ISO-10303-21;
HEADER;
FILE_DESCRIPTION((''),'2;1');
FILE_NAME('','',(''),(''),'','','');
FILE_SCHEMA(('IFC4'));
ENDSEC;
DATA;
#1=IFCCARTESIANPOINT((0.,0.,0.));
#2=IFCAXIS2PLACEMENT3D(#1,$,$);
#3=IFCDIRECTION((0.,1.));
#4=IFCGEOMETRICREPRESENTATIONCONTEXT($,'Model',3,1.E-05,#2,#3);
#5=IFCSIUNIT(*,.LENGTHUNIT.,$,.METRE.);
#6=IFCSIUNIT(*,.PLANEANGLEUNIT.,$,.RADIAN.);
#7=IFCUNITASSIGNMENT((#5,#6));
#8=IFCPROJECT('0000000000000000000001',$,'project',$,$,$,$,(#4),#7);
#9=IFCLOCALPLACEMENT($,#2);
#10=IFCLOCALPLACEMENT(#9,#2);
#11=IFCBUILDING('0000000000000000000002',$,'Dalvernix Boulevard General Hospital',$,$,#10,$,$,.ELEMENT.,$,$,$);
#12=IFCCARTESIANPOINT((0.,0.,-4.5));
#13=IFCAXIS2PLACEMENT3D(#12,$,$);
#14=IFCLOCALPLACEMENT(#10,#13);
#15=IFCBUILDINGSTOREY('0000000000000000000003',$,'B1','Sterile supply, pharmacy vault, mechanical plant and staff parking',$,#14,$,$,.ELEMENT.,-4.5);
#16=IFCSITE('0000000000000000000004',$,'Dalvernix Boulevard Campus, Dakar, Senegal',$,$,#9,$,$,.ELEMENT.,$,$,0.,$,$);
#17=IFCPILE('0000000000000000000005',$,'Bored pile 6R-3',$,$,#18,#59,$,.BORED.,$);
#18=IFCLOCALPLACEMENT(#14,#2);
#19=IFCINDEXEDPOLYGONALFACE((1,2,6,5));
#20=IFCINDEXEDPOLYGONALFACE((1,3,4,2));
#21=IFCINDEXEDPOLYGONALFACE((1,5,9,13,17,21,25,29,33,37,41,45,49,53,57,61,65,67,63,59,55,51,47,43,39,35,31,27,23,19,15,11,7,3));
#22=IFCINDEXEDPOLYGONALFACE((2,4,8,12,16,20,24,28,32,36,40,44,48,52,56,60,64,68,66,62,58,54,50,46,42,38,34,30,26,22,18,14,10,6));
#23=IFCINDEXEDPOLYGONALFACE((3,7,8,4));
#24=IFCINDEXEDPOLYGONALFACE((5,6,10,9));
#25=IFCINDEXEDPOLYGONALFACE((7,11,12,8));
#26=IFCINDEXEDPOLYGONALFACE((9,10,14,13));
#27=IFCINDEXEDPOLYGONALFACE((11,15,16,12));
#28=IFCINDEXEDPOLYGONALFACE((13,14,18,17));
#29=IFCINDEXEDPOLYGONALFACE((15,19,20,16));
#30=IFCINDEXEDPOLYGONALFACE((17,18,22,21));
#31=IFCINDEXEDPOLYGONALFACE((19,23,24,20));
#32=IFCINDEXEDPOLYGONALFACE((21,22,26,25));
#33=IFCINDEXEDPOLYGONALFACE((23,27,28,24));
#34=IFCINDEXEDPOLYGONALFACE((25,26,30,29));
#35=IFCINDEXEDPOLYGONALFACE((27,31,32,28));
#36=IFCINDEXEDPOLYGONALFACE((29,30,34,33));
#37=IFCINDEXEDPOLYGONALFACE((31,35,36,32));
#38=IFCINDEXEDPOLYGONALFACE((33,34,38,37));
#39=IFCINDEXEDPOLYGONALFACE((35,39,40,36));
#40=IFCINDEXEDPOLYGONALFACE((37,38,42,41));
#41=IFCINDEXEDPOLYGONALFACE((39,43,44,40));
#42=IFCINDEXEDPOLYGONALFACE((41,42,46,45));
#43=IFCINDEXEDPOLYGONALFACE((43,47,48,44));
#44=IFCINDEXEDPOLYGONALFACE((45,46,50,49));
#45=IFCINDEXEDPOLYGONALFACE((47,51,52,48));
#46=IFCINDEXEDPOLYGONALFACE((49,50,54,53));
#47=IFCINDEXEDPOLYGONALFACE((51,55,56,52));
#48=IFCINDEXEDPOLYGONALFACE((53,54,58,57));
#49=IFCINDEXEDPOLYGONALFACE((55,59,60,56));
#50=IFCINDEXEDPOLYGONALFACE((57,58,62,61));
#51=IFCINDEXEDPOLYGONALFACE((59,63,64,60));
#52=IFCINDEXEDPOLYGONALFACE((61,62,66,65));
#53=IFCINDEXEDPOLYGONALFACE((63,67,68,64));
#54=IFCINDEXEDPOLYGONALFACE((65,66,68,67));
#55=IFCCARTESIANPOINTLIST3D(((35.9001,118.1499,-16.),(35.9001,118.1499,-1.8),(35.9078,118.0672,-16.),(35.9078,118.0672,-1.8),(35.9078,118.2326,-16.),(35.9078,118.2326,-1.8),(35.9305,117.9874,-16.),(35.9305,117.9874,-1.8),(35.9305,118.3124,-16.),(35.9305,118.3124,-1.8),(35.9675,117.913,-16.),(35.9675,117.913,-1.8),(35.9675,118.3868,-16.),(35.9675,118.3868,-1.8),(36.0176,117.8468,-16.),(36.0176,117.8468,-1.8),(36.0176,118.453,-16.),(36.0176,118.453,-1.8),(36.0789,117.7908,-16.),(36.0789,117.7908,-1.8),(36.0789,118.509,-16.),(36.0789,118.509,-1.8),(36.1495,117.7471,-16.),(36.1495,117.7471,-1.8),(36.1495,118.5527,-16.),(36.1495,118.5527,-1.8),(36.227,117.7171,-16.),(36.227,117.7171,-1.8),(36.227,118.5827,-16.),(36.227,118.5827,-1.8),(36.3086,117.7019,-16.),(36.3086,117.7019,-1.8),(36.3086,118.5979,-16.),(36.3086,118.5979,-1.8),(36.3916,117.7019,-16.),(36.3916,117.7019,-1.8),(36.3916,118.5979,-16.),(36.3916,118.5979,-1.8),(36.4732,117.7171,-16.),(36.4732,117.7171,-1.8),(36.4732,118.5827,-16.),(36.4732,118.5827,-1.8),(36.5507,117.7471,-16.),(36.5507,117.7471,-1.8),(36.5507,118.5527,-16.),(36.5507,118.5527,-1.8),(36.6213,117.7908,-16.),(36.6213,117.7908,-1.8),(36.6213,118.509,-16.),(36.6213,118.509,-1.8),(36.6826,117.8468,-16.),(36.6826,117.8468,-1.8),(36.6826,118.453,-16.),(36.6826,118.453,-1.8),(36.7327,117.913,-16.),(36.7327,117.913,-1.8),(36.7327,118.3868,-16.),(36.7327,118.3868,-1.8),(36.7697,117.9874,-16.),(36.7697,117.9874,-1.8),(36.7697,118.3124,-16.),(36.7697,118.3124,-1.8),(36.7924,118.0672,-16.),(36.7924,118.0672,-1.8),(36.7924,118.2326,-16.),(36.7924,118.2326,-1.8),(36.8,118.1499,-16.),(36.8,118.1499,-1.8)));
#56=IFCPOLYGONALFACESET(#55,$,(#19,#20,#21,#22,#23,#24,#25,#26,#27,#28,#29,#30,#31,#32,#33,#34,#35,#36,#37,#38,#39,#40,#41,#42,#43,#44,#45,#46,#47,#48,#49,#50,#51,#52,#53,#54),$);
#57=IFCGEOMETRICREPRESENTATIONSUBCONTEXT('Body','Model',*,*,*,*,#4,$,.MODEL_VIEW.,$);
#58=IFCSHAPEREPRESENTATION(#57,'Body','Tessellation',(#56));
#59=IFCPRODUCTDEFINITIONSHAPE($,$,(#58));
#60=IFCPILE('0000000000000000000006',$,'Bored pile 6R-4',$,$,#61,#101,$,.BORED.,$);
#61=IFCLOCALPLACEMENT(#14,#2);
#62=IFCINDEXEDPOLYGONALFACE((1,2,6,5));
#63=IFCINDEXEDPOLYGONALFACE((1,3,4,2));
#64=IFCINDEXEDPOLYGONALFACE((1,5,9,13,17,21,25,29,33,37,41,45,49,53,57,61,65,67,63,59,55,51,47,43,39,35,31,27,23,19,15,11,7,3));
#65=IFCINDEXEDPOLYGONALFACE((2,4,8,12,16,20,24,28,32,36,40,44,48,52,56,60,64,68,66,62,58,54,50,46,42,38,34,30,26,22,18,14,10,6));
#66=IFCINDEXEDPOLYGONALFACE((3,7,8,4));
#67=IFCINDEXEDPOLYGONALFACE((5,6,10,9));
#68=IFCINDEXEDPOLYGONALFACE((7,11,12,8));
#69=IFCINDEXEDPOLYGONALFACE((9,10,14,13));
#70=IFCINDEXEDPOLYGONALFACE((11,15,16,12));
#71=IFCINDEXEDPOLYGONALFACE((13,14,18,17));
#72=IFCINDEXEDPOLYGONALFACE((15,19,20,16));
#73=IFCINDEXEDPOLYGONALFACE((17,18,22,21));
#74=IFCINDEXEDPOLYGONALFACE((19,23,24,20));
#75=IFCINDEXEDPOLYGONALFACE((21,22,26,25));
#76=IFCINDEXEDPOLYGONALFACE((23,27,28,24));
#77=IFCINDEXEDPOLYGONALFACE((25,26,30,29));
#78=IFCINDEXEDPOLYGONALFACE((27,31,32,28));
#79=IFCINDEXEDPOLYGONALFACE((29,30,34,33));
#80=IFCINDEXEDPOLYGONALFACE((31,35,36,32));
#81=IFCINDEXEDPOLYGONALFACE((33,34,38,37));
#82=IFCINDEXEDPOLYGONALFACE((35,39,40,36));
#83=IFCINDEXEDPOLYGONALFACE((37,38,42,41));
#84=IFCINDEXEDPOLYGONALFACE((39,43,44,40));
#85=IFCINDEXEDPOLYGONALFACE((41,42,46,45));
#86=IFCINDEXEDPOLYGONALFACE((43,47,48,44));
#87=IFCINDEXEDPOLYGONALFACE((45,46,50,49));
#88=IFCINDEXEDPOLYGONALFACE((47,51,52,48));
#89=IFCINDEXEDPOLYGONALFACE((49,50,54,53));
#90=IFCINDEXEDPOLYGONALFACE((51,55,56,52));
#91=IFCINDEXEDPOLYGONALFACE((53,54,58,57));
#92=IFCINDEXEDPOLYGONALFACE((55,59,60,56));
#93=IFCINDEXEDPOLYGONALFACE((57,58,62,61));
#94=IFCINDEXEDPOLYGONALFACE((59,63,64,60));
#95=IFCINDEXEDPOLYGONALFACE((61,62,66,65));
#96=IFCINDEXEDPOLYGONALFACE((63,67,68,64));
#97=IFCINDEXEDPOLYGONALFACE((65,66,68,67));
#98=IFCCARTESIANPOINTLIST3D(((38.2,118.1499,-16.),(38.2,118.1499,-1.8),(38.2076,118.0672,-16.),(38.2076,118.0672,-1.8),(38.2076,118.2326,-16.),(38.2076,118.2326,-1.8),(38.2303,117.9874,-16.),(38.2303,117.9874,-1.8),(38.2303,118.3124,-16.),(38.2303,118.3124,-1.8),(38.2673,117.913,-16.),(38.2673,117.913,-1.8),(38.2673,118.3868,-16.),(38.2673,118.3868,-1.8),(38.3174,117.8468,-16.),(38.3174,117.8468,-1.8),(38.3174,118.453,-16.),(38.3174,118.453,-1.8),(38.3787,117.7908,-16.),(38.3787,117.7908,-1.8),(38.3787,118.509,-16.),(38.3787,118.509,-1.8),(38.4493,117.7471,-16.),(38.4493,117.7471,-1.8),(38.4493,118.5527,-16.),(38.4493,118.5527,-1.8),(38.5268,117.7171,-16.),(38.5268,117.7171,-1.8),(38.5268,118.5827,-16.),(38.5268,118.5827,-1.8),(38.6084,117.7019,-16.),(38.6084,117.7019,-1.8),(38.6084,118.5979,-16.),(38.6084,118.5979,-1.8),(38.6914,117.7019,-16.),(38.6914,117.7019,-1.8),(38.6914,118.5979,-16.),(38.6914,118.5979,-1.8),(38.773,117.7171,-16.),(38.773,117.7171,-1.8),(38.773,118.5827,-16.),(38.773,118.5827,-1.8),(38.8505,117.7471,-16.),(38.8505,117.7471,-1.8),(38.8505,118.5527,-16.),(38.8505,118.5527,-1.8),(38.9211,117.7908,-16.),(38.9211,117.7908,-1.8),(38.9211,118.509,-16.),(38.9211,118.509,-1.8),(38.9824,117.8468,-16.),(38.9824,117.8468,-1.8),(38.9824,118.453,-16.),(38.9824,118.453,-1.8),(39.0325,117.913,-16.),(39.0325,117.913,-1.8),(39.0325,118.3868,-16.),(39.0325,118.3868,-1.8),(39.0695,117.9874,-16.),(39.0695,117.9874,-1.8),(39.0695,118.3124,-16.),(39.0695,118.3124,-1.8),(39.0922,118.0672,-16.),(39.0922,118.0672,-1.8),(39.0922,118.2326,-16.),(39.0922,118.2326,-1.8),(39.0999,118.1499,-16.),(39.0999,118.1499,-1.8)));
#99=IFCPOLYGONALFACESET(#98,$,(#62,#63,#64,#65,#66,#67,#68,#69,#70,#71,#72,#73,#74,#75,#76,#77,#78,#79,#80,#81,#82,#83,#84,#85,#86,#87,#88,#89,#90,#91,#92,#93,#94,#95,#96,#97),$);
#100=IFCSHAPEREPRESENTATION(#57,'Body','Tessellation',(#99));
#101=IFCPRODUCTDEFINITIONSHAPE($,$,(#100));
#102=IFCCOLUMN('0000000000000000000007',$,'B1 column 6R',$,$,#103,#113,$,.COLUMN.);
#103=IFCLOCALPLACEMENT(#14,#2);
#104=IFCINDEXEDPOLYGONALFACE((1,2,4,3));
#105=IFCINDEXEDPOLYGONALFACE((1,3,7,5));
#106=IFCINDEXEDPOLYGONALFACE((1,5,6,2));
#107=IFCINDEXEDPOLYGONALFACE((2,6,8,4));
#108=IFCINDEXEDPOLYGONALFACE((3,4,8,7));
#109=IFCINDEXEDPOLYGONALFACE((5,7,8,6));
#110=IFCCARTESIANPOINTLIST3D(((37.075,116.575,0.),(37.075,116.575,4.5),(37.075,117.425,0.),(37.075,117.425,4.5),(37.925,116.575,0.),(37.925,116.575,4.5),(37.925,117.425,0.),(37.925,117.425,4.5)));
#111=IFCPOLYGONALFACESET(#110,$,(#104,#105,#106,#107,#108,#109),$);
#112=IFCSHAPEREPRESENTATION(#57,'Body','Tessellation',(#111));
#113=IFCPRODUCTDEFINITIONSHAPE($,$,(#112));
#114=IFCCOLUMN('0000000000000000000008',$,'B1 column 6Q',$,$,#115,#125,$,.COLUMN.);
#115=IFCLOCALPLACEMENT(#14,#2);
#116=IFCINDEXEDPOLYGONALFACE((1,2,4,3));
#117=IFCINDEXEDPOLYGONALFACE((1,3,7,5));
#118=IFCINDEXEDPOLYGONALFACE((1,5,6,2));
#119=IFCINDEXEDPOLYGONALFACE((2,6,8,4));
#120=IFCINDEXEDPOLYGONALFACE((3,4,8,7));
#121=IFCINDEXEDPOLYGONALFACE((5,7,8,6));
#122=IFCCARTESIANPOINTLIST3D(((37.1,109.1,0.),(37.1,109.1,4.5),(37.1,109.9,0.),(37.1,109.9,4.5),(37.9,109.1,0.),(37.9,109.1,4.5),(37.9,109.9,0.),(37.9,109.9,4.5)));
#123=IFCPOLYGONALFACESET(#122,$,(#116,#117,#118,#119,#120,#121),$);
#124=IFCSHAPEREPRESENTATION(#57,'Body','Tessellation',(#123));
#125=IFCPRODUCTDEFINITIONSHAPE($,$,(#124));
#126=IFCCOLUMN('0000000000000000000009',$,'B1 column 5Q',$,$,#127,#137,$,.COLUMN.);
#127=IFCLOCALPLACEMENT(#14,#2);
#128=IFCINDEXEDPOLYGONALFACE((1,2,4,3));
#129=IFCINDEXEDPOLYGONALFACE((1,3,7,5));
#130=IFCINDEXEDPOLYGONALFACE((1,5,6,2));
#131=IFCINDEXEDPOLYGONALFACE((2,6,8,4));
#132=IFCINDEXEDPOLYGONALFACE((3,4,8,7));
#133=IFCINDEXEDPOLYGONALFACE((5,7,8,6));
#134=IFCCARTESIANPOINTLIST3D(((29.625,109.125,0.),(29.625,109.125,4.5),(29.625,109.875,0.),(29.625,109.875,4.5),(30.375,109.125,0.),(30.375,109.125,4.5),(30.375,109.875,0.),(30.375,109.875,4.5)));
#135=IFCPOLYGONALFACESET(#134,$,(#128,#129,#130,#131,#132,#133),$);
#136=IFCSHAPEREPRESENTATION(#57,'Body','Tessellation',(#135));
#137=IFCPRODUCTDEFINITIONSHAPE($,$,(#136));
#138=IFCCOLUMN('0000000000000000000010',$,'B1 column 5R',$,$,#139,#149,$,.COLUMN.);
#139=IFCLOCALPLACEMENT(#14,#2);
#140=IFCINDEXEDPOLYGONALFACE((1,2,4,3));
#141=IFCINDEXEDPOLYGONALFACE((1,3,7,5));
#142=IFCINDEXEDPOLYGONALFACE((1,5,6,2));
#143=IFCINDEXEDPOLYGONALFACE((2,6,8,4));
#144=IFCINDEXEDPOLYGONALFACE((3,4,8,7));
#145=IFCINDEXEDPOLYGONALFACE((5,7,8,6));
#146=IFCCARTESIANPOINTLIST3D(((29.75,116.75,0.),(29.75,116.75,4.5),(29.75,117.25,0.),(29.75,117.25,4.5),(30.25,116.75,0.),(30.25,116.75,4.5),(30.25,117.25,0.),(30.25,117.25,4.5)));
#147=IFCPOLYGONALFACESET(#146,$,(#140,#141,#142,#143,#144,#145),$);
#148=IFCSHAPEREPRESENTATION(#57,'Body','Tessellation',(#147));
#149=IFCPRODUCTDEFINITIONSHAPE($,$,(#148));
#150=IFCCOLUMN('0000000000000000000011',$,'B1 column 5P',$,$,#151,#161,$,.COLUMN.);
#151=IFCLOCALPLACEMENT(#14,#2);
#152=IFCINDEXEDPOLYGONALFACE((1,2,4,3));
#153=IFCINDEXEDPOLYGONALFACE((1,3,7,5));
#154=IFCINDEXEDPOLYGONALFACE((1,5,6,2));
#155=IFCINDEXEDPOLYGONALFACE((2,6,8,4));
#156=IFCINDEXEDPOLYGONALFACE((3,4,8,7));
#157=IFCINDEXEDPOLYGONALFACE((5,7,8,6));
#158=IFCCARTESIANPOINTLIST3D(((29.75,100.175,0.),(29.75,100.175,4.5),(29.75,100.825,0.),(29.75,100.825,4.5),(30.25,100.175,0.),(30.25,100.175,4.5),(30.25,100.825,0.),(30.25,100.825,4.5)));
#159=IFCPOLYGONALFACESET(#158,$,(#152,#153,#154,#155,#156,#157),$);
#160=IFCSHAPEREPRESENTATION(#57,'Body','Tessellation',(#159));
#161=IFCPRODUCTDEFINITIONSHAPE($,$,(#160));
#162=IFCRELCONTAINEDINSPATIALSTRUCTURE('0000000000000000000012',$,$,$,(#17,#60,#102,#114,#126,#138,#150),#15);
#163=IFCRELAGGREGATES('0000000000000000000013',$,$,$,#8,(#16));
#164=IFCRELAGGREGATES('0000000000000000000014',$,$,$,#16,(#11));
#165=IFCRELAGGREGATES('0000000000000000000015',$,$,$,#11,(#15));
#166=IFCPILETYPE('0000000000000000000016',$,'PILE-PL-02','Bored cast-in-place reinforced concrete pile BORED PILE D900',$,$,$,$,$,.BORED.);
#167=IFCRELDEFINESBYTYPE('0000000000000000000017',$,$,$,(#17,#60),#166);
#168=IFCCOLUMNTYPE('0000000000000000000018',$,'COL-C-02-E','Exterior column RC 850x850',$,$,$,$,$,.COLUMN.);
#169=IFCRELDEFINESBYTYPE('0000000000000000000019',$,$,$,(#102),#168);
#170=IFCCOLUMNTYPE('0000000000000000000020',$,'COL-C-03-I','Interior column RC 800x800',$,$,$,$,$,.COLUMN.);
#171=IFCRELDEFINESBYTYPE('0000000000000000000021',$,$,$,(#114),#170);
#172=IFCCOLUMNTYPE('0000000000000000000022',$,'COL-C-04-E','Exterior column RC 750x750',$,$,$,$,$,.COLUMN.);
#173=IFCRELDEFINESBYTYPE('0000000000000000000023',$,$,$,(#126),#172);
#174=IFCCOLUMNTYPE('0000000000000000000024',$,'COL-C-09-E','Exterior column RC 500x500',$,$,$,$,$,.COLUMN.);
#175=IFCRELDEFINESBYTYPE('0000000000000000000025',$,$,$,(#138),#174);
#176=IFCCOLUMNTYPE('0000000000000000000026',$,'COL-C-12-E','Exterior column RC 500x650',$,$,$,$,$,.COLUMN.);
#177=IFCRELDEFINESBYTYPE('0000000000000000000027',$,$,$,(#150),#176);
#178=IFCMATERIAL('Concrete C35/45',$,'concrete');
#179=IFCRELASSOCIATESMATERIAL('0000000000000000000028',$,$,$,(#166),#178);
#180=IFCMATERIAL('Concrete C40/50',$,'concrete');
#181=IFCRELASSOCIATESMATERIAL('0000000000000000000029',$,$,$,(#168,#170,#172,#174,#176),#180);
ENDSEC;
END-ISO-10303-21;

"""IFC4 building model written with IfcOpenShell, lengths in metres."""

from ifc_helpers import new_model, si_unit, direction, frame, origin, origin_2d, place, context, subcontext, project, spatial, rectangle, circle, extrude, material, material_profile, profile_set, type_object, element, save


model = new_model("IFC4")

# Units and contexts
model_context = context("Model", 3, precision=1e-05, world=origin(), true_north=direction((0.0, 1.0)))
body_context = subcontext(model_context, "Body", "Model", "MODEL_VIEW")
ifc_project = project(units=[si_unit("LENGTHUNIT", "METRE"), si_unit("PLANEANGLEUNIT", "RADIAN")], contexts=[model_context])

# Site, building, storey
site_placement = place(None, origin())
site = spatial("IfcSite", under=ifc_project, at=site_placement, Name="Dalvernix Boulevard Campus, Dakar, Senegal", CompositionType="ELEMENT", RefElevation=0.0)
building_placement = place(site_placement, origin())
building = spatial("IfcBuilding", under=site, at=building_placement, Name="Dalvernix Boulevard General Hospital", CompositionType="ELEMENT")
storey_placement = place(building_placement, frame((0.0, 0.0, -4.5)))
storey = spatial("IfcBuildingStorey", under=building, at=storey_placement, Name="B1", Description="Sterile supply, pharmacy vault, mechanical plant and staff parking", CompositionType="ELEMENT", Elevation=-4.5)

# Shared definitions
ifc_material_1 = material(Name="Concrete C35/45", Category="concrete")
ifc_material_2 = material(Name="Concrete C40/50", Category="concrete")

# Piles
ifc_material_profile_1 = material_profile(ifc_material_1, circle(Radius=0.45, at=origin_2d()), Name="BORED PILE D900")
ifc_profile_set_1 = profile_set([ifc_material_profile_1], Name="Concrete C35/45")
pile_type_1 = type_object("IfcPileType", Name="PILE-PL-02", Description="Bored cast-in-place reinforced concrete pile BORED PILE D900", PredefinedType="BORED", material=ifc_profile_set_1)
for number, where, z_axis, x_axis, name in (
    (1, (36.3501, 118.1499, -1.8), (0.0, 0.0, -1.0), (1.0, 0.0, 0.0), "Bored pile 6R-3"),
    (2, (38.6499, 118.1499, -1.8), (0.0, 0.0, -1.0), (1.0, 0.0, 0.0), "Bored pile 6R-4"),
):
    element("IfcPile", number, at=place(storey_placement, frame(where, z_axis=z_axis, x_axis=x_axis)), inside=storey, type_object=pile_type_1, Name=name, PredefinedType="BORED", context=body_context, shape_type="SweptSolid", body=[
        extrude(circle(Radius=0.45, at=origin_2d()), origin(), (0.0, 0.0, 1.0), 14.2),
    ])

# Columns
ifc_material_profile_2 = material_profile(ifc_material_2, rectangle(XDim=0.8501, YDim=0.8501, at=origin_2d()), Name="RC 850x850")
ifc_profile_set_2 = profile_set([ifc_material_profile_2], Name="Concrete C40/50")
column_type_1 = type_object("IfcColumnType", Name="COL-C-02-E", Description="Exterior column RC 850x850", PredefinedType="COLUMN", material=ifc_profile_set_2)
column_1_placement = place(storey_placement, frame((37.5, 117.0, 0.0), z_axis=(0.0, 0.0, 1.0), x_axis=(1.0, 0.0, 0.0)))
element("IfcColumn", 3, at=column_1_placement, inside=storey, type_object=column_type_1, Name="B1 column 6R", PredefinedType="COLUMN", context=body_context, shape_type="SweptSolid", body=[
    extrude(rectangle(XDim=0.8501, YDim=0.8501, at=origin_2d()), origin(), (0.0, 0.0, 1.0), 4.5),
])
ifc_material_profile_3 = material_profile(ifc_material_2, rectangle(XDim=0.8, YDim=0.8, at=origin_2d()), Name="RC 800x800")
ifc_profile_set_3 = profile_set([ifc_material_profile_3], Name="Concrete C40/50")
column_type_2 = type_object("IfcColumnType", Name="COL-C-03-I", Description="Interior column RC 800x800", PredefinedType="COLUMN", material=ifc_profile_set_3)
column_2_placement = place(storey_placement, frame((37.5, 109.5, 0.0), z_axis=(0.0, 0.0, 1.0), x_axis=(1.0, 0.0, 0.0)))
element("IfcColumn", 4, at=column_2_placement, inside=storey, type_object=column_type_2, Name="B1 column 6Q", PredefinedType="COLUMN", context=body_context, shape_type="SweptSolid", body=[
    extrude(rectangle(XDim=0.8, YDim=0.8, at=origin_2d()), origin(), (0.0, 0.0, 1.0), 4.5),
])
ifc_material_profile_4 = material_profile(ifc_material_2, rectangle(XDim=0.75, YDim=0.75, at=origin_2d()), Name="RC 750x750")
ifc_profile_set_4 = profile_set([ifc_material_profile_4], Name="Concrete C40/50")
column_type_3 = type_object("IfcColumnType", Name="COL-C-04-E", Description="Exterior column RC 750x750", PredefinedType="COLUMN", material=ifc_profile_set_4)
column_3_placement = place(storey_placement, frame((30.0, 109.5, 0.0), z_axis=(0.0, 0.0, 1.0), x_axis=(1.0, 0.0, 0.0)))
element("IfcColumn", 5, at=column_3_placement, inside=storey, type_object=column_type_3, Name="B1 column 5Q", PredefinedType="COLUMN", context=body_context, shape_type="SweptSolid", body=[
    extrude(rectangle(XDim=0.75, YDim=0.75, at=origin_2d()), origin(), (0.0, 0.0, 1.0), 4.5),
])
ifc_material_profile_5 = material_profile(ifc_material_2, rectangle(XDim=0.5, YDim=0.5, at=origin_2d()), Name="RC 500x500")
ifc_profile_set_5 = profile_set([ifc_material_profile_5], Name="Concrete C40/50")
column_type_4 = type_object("IfcColumnType", Name="COL-C-09-E", Description="Exterior column RC 500x500", PredefinedType="COLUMN", material=ifc_profile_set_5)
column_4_placement = place(storey_placement, frame((30.0, 117.0, 0.0), z_axis=(0.0, 0.0, 1.0), x_axis=(1.0, 0.0, 0.0)))
element("IfcColumn", 6, at=column_4_placement, inside=storey, type_object=column_type_4, Name="B1 column 5R", PredefinedType="COLUMN", context=body_context, shape_type="SweptSolid", body=[
    extrude(rectangle(XDim=0.5, YDim=0.5, at=origin_2d()), origin(), (0.0, 0.0, 1.0), 4.5),
])
ifc_material_profile_6 = material_profile(ifc_material_2, rectangle(XDim=0.5, YDim=0.6499, at=origin_2d()), Name="RC 500x650")
ifc_profile_set_6 = profile_set([ifc_material_profile_6], Name="Concrete C40/50")
column_type_5 = type_object("IfcColumnType", Name="COL-C-12-E", Description="Exterior column RC 500x650", PredefinedType="COLUMN", material=ifc_profile_set_6)
column_5_placement = place(storey_placement, frame((30.0, 100.5, 0.0), z_axis=(0.0, 0.0, 1.0), x_axis=(1.0, 0.0, 0.0)))
element("IfcColumn", 7, at=column_5_placement, inside=storey, type_object=column_type_5, Name="B1 column 5P", PredefinedType="COLUMN", context=body_context, shape_type="SweptSolid", body=[
    extrude(rectangle(XDim=0.5, YDim=0.6499, at=origin_2d()), origin(), (0.0, 0.0, 1.0), 4.5),
])

save(model, "model.ifc")
